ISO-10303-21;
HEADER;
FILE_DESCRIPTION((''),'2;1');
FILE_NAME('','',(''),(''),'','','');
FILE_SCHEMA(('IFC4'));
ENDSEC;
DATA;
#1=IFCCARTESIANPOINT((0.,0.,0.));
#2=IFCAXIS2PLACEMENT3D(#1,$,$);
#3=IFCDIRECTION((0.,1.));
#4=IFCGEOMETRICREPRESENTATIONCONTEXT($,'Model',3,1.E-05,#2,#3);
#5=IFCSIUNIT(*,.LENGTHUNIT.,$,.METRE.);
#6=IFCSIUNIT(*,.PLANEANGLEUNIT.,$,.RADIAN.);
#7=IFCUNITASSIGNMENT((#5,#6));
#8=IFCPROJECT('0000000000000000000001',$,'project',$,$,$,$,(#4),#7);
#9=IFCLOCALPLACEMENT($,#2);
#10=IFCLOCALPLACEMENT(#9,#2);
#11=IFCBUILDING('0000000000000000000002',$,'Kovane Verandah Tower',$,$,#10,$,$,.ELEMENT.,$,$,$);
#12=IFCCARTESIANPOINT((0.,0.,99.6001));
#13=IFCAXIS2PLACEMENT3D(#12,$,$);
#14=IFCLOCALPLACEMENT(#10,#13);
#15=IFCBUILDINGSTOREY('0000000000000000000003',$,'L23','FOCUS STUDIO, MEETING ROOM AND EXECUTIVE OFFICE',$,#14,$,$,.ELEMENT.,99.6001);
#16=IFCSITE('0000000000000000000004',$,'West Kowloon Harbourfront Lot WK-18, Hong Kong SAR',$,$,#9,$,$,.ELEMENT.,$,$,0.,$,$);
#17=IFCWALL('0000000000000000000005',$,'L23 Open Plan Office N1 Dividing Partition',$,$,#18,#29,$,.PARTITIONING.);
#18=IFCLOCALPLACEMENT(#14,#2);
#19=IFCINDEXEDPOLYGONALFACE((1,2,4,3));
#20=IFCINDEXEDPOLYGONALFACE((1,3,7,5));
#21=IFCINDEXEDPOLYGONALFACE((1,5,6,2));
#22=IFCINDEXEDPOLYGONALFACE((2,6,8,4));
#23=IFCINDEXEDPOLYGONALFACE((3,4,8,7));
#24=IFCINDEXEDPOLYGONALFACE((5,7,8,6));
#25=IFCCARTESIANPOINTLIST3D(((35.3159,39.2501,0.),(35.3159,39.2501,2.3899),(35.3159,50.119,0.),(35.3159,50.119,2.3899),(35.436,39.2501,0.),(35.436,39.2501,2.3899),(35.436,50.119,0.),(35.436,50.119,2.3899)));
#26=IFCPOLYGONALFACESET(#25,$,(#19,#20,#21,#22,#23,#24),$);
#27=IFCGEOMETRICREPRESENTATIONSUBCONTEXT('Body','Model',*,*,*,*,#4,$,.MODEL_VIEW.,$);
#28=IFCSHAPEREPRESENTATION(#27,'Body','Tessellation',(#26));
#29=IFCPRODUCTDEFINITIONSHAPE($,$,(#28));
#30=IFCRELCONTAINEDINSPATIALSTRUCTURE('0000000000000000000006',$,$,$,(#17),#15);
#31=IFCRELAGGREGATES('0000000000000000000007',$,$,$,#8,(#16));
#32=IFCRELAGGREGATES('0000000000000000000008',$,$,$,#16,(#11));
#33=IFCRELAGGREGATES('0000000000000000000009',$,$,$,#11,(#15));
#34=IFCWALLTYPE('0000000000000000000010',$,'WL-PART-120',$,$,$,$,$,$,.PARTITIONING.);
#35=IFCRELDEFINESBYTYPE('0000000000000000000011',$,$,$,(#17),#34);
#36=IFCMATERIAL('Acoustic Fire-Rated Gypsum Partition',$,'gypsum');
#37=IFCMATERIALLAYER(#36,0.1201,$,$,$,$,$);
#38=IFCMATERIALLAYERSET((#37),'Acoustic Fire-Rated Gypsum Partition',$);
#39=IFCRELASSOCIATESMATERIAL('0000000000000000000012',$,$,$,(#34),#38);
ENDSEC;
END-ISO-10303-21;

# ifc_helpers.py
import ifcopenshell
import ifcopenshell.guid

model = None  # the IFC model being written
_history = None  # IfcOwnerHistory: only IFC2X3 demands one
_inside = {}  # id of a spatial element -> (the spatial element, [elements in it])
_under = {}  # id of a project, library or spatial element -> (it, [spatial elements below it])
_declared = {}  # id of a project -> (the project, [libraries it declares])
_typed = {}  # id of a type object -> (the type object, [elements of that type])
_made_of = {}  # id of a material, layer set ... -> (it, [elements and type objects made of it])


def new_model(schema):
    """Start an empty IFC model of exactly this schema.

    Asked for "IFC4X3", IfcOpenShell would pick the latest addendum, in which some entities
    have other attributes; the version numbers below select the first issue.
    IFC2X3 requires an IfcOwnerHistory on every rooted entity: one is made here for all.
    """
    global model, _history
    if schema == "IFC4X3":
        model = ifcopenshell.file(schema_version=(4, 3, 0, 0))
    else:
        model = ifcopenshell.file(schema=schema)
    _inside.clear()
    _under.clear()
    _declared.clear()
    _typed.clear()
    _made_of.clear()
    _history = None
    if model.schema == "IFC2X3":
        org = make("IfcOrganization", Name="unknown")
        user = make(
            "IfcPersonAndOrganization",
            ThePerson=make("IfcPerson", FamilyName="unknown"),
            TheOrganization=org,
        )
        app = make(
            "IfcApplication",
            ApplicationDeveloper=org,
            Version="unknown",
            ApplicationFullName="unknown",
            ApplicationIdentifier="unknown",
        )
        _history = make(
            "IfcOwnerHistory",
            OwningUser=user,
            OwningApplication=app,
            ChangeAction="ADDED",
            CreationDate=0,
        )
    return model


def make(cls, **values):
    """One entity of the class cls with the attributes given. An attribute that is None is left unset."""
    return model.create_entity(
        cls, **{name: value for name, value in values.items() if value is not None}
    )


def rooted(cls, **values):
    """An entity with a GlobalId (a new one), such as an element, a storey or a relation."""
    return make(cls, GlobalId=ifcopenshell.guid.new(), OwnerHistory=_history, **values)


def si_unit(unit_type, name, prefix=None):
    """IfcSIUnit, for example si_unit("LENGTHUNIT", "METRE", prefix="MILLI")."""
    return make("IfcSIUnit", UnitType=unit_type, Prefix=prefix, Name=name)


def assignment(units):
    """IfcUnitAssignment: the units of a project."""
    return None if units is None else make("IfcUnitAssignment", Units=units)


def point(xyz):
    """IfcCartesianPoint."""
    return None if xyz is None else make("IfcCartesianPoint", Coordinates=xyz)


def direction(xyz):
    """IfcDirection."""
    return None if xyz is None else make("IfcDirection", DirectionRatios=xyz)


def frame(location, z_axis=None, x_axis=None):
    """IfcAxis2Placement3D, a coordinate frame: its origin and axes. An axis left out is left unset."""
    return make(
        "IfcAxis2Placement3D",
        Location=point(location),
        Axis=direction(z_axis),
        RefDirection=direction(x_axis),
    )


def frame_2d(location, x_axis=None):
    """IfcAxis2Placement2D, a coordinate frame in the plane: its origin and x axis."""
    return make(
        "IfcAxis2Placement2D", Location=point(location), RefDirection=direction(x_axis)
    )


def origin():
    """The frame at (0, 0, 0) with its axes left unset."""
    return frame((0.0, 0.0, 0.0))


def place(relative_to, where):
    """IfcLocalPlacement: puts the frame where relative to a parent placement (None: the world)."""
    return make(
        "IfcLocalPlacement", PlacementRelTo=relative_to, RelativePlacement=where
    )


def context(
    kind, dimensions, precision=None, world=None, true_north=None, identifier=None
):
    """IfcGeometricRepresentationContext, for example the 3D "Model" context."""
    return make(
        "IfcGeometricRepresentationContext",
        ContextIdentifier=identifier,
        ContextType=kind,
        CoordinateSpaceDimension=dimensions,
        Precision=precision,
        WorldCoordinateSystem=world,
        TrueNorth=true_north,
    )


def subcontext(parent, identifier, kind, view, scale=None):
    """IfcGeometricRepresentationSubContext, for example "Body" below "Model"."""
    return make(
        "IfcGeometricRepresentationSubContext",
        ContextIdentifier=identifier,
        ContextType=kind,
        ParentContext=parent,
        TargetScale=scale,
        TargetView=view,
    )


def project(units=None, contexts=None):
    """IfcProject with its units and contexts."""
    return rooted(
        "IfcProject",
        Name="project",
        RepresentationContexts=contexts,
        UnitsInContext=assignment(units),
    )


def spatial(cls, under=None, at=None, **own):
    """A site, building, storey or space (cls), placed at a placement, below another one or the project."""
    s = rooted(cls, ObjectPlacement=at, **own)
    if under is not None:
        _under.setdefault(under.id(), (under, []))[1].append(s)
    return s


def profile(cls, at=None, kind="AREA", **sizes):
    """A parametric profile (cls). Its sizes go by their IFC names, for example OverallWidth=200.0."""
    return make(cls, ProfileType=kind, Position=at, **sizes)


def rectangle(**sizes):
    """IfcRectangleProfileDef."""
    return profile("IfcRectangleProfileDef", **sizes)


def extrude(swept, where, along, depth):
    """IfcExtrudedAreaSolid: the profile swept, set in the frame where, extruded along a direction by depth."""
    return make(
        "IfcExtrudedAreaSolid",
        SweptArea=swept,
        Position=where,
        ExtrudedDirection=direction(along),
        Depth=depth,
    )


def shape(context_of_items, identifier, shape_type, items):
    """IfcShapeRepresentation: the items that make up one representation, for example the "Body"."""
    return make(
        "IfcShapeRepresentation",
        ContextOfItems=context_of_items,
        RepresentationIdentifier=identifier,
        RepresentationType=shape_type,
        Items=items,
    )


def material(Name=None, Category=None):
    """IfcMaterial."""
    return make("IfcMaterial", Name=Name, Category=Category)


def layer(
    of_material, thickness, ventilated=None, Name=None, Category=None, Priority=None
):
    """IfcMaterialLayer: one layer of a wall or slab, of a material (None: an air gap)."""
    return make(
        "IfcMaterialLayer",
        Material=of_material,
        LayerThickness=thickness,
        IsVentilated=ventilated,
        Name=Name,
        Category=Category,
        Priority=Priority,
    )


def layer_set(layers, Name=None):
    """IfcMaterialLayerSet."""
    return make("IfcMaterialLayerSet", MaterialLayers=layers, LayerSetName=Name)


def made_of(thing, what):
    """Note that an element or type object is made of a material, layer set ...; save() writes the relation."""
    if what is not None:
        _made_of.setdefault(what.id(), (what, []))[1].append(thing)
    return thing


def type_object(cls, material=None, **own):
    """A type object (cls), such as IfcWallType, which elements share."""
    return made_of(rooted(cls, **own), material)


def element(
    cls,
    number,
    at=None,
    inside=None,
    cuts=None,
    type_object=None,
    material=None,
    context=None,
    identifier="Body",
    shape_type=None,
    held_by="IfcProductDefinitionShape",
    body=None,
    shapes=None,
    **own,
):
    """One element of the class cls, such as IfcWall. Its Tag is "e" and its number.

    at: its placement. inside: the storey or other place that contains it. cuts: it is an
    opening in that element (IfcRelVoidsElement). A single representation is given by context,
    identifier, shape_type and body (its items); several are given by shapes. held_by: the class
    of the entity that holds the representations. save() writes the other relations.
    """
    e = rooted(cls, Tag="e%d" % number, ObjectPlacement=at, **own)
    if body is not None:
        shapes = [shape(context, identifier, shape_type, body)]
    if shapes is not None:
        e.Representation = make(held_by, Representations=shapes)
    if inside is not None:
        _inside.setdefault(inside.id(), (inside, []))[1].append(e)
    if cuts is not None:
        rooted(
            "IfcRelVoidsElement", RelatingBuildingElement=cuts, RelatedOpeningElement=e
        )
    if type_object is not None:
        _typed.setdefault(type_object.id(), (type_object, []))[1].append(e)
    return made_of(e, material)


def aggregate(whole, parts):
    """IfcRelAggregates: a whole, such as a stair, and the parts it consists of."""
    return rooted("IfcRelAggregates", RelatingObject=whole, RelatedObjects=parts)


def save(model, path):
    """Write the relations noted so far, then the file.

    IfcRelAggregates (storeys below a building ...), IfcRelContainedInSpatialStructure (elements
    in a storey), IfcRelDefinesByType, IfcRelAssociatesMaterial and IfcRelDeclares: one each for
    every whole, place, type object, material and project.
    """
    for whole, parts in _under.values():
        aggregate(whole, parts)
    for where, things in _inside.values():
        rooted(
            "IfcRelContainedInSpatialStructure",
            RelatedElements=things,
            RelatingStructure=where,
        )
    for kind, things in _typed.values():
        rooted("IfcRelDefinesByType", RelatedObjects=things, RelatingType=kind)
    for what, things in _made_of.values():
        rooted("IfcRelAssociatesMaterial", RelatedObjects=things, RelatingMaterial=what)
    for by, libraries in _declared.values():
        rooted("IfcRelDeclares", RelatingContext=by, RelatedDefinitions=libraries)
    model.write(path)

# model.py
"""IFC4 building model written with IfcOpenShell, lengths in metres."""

from ifc_helpers import new_model, si_unit, direction, frame, frame_2d, origin, place, context, subcontext, project, spatial, rectangle, extrude, material, layer, layer_set, type_object, element, save


model = new_model("IFC4")

# Units and contexts
model_context = context("Model", 3, precision=1e-05, world=origin(), true_north=direction((0.0, 1.0)))
body_context = subcontext(model_context, "Body", "Model", "MODEL_VIEW")
ifc_project = project(units=[si_unit("LENGTHUNIT", "METRE"), si_unit("PLANEANGLEUNIT", "RADIAN")], contexts=[model_context])

# Site, building, storey
site_placement = place(None, origin())
site = spatial("IfcSite", under=ifc_project, at=site_placement, Name="West Kowloon Harbourfront Lot WK-18, Hong Kong SAR", CompositionType="ELEMENT", RefElevation=0.0)
building_placement = place(site_placement, origin())
building = spatial("IfcBuilding", under=site, at=building_placement, Name="Kovane Verandah Tower", CompositionType="ELEMENT")
storey_placement = place(building_placement, frame((0.0, 0.0, 99.6001)))
storey = spatial("IfcBuildingStorey", under=building, at=storey_placement, Name="L23", Description="FOCUS STUDIO, MEETING ROOM AND EXECUTIVE OFFICE", CompositionType="ELEMENT", Elevation=99.6001)

# Wall
ifc_material_1 = material(Name="Acoustic Fire-Rated Gypsum Partition", Category="gypsum")
ifc_layer_1 = layer(ifc_material_1, 0.1201)
ifc_layer_set_1 = layer_set([ifc_layer_1], Name="Acoustic Fire-Rated Gypsum Partition")
wall_type_1 = type_object("IfcWallType", Name="WL-PART-120", PredefinedType="PARTITIONING", material=ifc_layer_set_1)
wall_1_placement = place(storey_placement, frame((35.376, 39.25, 0.0), z_axis=(0.0, 0.0, 1.0), x_axis=(0.0, 1.0, 0.0)))
element("IfcWall", 1, at=wall_1_placement, inside=storey, type_object=wall_type_1, Name="L23 Open Plan Office N1 Dividing Partition", PredefinedType="PARTITIONING", context=body_context, shape_type="SweptSolid", body=[
    extrude(rectangle(XDim=10.8689, YDim=0.1201, at=frame_2d((5.4346, 0.0))), origin(), (0.0, 0.0, 1.0), 2.3899),
])

save(model, "model.ifc")
